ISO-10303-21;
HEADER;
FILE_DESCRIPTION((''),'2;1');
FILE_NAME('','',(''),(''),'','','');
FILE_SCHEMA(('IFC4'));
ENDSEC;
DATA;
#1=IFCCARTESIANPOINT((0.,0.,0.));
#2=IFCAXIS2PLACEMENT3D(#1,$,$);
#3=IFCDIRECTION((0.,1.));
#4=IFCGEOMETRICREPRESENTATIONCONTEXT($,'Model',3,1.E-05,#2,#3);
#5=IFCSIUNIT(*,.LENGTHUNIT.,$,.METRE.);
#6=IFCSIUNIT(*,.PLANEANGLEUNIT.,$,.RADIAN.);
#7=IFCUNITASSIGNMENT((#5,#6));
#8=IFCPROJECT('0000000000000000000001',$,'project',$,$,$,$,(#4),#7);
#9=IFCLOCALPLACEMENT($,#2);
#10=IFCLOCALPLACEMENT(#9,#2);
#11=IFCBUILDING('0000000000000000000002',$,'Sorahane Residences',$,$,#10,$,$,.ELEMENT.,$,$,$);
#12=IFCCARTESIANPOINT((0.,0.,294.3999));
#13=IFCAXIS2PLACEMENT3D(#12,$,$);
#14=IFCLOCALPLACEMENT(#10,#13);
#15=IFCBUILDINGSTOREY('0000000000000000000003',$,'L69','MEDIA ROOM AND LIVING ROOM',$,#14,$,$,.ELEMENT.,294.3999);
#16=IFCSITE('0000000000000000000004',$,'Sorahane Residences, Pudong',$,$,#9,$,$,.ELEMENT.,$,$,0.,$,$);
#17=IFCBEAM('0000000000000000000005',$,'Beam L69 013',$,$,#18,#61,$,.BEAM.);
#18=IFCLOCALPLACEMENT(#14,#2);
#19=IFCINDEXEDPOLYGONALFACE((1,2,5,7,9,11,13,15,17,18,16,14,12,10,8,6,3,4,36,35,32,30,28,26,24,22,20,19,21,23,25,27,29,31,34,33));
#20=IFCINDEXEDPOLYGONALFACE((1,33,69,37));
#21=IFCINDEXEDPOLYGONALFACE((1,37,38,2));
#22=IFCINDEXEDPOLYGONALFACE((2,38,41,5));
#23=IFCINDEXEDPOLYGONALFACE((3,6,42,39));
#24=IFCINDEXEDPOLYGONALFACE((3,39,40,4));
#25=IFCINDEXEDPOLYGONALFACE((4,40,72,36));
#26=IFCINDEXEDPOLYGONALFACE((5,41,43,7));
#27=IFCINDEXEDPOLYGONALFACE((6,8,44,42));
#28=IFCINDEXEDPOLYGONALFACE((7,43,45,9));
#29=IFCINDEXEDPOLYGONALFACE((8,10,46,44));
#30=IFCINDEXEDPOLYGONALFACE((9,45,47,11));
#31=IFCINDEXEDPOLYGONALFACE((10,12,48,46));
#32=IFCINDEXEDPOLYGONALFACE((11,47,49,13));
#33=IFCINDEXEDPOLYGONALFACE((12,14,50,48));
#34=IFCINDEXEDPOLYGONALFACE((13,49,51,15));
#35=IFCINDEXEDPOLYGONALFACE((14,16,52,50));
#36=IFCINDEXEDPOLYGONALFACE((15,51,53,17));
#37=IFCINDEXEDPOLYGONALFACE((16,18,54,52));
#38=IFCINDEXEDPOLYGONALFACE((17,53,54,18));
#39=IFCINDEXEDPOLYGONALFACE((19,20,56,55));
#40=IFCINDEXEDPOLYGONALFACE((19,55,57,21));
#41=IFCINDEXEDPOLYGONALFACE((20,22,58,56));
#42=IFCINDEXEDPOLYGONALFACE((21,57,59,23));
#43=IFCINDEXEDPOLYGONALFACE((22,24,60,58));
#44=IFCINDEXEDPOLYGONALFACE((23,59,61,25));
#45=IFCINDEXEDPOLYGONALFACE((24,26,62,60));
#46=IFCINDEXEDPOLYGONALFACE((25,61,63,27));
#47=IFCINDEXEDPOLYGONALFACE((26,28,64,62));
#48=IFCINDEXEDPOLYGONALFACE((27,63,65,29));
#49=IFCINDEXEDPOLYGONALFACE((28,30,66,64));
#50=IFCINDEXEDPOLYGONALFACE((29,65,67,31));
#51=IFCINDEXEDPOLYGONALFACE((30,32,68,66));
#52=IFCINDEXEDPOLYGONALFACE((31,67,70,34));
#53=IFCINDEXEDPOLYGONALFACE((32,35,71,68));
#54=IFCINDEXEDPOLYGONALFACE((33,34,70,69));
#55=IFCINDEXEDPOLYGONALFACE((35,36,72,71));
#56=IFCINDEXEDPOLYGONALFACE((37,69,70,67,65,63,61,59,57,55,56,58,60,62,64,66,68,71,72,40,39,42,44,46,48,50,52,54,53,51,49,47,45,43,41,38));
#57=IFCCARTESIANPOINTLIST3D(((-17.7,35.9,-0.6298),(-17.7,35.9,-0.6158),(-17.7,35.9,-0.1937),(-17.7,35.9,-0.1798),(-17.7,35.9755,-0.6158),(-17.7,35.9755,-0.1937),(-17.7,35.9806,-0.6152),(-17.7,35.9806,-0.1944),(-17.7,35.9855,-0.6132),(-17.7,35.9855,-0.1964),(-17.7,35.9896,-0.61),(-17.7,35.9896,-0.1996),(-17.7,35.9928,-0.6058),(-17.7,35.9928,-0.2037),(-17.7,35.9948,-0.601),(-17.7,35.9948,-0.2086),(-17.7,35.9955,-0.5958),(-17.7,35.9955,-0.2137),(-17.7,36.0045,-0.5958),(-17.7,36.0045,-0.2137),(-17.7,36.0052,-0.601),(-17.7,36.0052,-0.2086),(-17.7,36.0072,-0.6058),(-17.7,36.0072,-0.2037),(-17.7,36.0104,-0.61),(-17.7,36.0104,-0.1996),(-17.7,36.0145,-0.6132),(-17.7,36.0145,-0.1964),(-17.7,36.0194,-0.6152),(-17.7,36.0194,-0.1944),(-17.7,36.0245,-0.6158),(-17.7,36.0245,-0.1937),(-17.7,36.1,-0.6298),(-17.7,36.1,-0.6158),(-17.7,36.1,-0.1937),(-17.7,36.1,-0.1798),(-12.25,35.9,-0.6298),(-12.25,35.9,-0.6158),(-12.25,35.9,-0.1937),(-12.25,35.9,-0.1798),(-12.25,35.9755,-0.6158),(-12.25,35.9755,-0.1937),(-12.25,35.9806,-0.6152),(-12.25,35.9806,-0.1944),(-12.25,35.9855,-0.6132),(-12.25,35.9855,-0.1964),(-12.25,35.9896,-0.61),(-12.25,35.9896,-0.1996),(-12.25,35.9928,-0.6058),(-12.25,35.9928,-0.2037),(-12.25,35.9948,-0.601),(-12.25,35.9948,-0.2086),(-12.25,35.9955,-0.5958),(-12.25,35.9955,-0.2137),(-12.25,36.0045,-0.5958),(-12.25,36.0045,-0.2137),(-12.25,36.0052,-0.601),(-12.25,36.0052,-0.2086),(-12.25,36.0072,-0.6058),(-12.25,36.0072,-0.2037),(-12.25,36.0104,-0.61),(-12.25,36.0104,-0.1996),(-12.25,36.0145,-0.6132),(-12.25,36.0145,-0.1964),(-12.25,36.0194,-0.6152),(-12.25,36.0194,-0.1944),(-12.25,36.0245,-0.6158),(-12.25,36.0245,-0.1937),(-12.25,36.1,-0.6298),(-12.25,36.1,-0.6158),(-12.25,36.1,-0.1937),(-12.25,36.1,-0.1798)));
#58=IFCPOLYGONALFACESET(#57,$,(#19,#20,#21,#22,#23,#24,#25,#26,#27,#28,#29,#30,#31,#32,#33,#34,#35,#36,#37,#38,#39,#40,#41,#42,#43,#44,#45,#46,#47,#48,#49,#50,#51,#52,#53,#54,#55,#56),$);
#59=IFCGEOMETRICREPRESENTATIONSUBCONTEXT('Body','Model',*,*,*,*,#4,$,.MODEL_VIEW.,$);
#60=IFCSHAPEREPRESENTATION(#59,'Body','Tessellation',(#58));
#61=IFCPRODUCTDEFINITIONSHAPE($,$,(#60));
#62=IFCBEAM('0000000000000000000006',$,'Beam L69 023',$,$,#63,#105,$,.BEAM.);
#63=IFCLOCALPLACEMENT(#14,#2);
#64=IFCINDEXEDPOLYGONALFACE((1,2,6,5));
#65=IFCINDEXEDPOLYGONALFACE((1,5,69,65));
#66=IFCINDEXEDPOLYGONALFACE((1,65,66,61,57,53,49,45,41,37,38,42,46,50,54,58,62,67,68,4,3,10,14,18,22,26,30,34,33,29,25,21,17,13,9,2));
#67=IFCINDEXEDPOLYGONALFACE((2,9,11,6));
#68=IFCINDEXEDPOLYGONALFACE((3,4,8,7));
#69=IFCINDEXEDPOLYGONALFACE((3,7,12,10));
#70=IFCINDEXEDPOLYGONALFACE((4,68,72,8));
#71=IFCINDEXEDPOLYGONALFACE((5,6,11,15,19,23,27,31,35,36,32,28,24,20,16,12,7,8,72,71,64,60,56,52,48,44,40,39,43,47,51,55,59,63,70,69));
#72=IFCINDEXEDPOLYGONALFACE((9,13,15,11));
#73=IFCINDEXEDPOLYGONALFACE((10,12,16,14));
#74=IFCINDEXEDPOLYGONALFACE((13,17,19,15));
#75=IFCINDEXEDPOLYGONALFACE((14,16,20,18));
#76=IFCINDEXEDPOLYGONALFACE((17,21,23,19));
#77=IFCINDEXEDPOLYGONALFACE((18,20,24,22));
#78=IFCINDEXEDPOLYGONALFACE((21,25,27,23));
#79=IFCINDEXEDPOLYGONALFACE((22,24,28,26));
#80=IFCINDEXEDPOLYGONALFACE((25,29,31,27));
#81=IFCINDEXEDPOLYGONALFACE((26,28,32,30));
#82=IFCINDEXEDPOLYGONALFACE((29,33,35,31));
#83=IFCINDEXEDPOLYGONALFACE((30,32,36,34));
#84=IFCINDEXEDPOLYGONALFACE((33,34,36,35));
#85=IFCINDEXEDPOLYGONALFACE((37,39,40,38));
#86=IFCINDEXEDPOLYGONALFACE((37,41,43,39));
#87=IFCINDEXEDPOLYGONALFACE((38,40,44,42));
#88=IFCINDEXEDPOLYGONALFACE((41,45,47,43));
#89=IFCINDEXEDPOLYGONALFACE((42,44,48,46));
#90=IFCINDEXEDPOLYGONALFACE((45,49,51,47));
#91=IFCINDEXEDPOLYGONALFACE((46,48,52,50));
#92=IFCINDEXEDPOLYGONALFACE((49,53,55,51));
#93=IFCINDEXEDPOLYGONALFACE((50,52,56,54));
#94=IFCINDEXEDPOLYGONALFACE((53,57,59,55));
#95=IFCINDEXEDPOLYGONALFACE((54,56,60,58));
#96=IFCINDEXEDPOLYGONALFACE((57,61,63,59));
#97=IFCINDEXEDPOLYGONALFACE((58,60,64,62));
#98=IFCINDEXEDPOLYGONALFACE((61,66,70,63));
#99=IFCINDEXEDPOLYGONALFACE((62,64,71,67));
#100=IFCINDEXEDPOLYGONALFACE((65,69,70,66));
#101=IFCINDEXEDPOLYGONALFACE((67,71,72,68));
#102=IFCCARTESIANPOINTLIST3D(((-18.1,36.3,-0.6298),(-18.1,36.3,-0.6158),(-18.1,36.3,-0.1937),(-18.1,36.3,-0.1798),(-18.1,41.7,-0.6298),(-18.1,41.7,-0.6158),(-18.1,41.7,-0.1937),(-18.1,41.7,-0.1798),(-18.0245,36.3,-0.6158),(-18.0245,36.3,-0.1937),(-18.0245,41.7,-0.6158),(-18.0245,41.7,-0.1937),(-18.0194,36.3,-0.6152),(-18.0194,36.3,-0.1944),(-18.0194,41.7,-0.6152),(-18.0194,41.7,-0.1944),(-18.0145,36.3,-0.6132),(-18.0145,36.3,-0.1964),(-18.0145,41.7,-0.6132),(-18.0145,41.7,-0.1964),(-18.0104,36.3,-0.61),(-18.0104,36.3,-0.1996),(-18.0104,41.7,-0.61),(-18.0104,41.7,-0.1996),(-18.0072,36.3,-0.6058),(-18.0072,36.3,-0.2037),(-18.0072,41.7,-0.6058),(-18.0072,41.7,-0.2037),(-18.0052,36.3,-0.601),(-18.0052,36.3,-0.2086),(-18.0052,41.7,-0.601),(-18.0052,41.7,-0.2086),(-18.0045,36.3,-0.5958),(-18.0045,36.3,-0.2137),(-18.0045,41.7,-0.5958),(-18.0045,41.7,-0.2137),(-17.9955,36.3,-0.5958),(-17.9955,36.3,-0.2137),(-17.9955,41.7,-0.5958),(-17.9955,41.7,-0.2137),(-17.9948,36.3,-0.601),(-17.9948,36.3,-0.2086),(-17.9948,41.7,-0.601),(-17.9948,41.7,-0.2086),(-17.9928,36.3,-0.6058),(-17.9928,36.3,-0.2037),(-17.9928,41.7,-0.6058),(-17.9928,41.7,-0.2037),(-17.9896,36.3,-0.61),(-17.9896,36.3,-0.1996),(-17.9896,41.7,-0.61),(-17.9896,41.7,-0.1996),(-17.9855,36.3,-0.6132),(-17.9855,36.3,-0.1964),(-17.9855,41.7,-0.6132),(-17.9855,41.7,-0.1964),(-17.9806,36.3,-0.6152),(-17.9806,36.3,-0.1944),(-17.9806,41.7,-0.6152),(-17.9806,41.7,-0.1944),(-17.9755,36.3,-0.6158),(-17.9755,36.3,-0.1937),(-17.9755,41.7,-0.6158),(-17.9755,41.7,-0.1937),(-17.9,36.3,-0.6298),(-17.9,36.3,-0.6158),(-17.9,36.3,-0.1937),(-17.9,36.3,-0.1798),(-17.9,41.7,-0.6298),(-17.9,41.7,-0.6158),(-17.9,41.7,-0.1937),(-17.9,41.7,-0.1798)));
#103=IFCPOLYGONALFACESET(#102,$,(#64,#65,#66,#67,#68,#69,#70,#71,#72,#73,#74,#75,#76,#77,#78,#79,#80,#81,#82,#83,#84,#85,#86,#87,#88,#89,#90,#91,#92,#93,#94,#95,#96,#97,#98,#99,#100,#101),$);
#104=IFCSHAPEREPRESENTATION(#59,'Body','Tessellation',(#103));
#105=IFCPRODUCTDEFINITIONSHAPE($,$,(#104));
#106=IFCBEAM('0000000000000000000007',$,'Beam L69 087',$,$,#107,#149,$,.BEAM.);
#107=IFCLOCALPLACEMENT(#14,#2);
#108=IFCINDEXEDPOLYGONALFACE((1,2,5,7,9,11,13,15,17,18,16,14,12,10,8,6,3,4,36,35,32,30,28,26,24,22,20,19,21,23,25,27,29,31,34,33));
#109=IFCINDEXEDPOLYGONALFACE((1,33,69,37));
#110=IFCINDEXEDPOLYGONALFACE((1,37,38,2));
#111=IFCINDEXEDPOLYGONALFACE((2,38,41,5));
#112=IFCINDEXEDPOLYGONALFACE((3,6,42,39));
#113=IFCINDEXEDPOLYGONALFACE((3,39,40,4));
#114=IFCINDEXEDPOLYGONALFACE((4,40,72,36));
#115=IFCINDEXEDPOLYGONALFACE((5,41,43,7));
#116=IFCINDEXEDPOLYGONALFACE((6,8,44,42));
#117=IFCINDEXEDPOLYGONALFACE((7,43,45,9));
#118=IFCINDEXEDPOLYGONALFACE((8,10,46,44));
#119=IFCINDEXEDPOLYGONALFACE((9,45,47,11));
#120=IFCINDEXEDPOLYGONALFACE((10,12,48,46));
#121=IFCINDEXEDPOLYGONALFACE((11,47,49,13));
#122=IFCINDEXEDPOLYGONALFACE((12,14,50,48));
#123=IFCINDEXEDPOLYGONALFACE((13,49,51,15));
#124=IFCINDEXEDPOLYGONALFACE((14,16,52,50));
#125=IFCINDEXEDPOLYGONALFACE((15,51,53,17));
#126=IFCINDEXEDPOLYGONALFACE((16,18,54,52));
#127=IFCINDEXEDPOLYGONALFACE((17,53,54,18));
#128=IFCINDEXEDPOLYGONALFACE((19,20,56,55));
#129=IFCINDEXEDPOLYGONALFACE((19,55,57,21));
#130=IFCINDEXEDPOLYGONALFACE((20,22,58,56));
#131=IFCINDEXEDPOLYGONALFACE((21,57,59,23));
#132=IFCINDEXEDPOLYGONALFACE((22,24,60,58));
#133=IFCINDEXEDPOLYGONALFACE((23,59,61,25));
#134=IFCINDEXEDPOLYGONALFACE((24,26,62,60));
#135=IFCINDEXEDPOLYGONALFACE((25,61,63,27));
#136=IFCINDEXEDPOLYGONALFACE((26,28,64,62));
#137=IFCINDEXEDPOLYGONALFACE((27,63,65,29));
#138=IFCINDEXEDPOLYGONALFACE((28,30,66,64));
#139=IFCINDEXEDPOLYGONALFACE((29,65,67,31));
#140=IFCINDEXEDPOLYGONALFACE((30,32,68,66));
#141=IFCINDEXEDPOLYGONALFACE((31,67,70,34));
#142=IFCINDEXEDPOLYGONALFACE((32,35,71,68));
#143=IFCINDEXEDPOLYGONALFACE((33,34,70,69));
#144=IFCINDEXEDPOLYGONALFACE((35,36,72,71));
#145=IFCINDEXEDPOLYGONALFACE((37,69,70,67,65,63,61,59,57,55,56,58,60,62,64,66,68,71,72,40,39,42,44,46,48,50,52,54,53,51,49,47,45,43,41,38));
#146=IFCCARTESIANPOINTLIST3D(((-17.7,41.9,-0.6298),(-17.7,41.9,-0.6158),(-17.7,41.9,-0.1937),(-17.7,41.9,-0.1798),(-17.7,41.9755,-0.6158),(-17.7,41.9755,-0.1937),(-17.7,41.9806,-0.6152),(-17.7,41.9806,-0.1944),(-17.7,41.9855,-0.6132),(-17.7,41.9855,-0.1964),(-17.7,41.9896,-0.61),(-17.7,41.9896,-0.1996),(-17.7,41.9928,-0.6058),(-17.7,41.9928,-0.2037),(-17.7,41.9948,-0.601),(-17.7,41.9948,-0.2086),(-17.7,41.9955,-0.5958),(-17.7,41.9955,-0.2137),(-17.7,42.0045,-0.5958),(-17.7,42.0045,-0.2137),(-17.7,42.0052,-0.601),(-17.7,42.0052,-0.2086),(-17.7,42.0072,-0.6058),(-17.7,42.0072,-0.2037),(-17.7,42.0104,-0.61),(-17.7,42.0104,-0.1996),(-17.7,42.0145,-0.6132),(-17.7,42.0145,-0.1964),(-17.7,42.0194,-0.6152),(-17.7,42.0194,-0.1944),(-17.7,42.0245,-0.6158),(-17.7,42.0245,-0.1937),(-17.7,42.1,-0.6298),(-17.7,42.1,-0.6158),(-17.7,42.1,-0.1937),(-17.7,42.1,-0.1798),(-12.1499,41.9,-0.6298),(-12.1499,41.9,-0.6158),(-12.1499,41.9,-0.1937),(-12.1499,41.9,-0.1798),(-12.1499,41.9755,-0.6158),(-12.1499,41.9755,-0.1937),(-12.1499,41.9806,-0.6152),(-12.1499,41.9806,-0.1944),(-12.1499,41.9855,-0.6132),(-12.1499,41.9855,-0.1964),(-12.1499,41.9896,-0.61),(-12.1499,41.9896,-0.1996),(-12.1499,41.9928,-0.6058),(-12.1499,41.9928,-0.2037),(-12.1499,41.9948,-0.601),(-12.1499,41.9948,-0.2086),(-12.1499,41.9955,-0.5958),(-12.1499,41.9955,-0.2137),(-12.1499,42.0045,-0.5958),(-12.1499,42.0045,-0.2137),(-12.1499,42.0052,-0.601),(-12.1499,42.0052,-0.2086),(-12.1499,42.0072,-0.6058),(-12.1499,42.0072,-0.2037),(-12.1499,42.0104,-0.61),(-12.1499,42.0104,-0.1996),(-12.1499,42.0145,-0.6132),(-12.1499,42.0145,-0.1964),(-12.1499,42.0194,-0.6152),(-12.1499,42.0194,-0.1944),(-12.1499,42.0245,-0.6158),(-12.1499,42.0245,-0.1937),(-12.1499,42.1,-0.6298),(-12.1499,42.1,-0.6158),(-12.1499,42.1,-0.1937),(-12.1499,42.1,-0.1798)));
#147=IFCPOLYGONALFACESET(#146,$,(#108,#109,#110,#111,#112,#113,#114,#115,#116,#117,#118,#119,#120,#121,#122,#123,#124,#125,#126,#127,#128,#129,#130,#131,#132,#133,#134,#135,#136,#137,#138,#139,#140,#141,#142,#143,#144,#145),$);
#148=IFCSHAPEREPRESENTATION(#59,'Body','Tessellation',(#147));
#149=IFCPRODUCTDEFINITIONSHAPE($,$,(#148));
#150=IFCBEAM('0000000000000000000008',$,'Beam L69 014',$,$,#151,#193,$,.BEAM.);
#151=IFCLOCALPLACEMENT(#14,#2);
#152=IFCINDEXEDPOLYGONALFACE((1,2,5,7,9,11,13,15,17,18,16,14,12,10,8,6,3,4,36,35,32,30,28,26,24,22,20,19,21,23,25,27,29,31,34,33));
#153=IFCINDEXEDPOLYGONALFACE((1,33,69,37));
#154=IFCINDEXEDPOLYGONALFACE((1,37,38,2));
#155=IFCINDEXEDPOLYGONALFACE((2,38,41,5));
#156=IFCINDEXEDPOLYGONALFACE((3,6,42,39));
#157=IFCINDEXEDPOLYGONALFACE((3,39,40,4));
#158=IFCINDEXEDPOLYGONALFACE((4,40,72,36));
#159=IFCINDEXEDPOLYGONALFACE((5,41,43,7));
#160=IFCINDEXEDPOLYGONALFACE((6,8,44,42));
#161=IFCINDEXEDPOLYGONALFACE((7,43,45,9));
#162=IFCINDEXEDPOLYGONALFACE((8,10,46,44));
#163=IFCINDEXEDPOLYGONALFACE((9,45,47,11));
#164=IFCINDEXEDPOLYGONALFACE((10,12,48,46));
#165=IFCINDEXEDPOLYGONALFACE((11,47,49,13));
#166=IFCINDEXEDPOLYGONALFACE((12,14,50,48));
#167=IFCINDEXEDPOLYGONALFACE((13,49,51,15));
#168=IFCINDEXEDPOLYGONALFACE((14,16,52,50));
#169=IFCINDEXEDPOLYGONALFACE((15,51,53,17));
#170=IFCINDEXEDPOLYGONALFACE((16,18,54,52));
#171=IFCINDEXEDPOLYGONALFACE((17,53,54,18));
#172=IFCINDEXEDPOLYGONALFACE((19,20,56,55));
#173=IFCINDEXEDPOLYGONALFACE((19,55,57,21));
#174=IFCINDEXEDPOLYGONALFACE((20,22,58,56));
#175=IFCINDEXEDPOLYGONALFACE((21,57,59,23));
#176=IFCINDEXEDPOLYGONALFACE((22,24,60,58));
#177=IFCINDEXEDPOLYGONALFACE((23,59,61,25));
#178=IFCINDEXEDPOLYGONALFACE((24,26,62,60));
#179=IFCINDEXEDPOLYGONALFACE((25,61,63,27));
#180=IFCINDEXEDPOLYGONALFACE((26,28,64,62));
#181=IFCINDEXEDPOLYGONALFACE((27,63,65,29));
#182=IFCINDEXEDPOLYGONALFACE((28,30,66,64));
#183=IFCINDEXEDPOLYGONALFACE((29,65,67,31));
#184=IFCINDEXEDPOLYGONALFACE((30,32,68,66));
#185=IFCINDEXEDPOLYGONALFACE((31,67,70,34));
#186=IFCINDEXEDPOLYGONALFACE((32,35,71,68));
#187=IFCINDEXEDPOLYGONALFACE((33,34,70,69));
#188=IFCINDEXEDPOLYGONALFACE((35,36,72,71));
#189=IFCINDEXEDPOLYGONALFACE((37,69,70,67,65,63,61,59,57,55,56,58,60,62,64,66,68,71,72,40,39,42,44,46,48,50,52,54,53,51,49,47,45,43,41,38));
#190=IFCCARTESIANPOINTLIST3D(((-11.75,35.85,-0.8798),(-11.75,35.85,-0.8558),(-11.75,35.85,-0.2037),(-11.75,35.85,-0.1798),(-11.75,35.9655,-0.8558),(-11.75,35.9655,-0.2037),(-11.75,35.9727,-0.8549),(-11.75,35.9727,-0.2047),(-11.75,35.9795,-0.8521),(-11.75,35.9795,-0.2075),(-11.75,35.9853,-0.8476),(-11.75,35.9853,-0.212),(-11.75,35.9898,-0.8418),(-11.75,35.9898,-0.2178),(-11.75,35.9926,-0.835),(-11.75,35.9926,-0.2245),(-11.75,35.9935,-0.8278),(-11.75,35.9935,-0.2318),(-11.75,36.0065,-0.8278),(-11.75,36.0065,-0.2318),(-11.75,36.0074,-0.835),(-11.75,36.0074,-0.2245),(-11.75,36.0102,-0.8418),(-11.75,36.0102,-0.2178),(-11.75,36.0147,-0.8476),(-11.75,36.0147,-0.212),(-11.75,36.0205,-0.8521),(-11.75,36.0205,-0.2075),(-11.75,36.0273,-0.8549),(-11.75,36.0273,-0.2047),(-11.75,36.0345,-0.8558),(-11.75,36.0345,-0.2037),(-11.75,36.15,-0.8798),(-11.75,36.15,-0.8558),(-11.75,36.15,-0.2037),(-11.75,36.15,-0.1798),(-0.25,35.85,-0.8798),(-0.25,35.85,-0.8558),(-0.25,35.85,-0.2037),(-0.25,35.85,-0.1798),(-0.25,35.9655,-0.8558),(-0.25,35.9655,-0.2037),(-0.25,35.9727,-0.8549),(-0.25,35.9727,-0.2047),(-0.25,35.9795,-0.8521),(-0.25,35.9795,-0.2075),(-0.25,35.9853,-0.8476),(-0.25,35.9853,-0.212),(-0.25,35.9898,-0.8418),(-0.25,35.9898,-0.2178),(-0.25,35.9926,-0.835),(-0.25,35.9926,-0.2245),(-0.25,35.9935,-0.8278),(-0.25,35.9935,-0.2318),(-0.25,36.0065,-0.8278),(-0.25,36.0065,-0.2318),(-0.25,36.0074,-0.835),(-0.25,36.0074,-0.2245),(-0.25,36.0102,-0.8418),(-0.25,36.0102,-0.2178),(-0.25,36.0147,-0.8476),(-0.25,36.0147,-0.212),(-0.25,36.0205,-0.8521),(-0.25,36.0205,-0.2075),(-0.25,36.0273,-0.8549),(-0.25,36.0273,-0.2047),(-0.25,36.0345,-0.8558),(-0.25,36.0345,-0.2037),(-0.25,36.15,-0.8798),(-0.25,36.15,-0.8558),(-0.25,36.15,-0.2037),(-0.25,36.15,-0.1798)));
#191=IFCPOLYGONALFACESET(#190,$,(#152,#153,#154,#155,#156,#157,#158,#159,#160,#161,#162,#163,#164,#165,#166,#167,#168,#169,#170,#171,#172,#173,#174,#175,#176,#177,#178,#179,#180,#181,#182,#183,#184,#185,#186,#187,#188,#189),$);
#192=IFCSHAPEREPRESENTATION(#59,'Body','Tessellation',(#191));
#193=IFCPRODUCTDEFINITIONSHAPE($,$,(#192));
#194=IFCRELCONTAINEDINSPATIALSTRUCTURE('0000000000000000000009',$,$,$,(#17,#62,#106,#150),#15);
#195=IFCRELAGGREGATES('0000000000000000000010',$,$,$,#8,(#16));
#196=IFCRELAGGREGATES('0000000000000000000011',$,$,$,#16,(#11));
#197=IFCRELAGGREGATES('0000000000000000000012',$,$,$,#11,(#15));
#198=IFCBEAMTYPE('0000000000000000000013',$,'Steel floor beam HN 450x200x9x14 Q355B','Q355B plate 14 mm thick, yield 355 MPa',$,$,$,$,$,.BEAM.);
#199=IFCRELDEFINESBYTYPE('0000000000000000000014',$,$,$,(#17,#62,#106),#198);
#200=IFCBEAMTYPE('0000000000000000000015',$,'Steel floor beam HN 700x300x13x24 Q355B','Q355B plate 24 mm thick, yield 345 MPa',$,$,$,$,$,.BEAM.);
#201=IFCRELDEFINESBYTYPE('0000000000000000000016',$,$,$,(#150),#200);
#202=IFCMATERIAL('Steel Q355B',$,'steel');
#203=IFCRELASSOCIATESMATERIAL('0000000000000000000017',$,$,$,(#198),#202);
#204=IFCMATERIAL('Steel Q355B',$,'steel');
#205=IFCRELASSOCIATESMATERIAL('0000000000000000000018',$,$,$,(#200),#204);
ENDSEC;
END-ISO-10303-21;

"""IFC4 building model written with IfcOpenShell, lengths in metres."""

from ifc_helpers import new_model, si_unit, direction, frame, origin, origin_2d, place, context, subcontext, project, spatial, i_section, extrude, material, material_profile, profile_set, type_object, element, save


model = new_model("IFC4")

# Units and contexts
model_context = context("Model", 3, precision=1e-05, world=origin(), true_north=direction((0.0, 1.0)))
body_context = subcontext(model_context, "Body", "Model", "MODEL_VIEW")
ifc_project = project(units=[si_unit("LENGTHUNIT", "METRE"), si_unit("PLANEANGLEUNIT", "RADIAN")], contexts=[model_context])

# Site, building, storey
site_placement = place(None, origin())
site = spatial("IfcSite", under=ifc_project, at=site_placement, Name="Sorahane Residences, Pudong", CompositionType="ELEMENT", RefElevation=0.0)
building_placement = place(site_placement, origin())
building = spatial("IfcBuilding", under=site, at=building_placement, Name="Sorahane Residences", CompositionType="ELEMENT")
storey_placement = place(building_placement, frame((0.0, 0.0, 294.3999)))
storey = spatial("IfcBuildingStorey", under=building, at=storey_placement, Name="L69", Description="MEDIA ROOM AND LIVING ROOM", CompositionType="ELEMENT", Elevation=294.3999)

# Beams
ifc_material_1 = material(Name="Steel Q355B", Category="steel")
ifc_material_profile_1 = material_profile(ifc_material_1, i_section(OverallWidth=0.2, OverallDepth=0.45, WebThickness=0.009, FlangeThickness=0.0139, FilletRadius=0.02, at=origin_2d()), Name="HN 450x200x9x14")
ifc_profile_set_1 = profile_set([ifc_material_profile_1], Name="Steel Q355B")
beam_type_1 = type_object("IfcBeamType", Name="Steel floor beam HN 450x200x9x14 Q355B", Description="Q355B plate 14 mm thick, yield 355 MPa", PredefinedType="BEAM", material=ifc_profile_set_1)
beam_1_placement = place(storey_placement, frame((-17.7, 36.0, -0.4048), z_axis=(1.0, 0.0, 0.0), x_axis=(0.0, 1.0, 0.0)))
element("IfcBeam", 1, at=beam_1_placement, inside=storey, type_object=beam_type_1, Name="Beam L69 013", PredefinedType="BEAM", context=body_context, shape_type="SweptSolid", body=[
    extrude(i_section(OverallWidth=0.2, OverallDepth=0.45, WebThickness=0.009, FlangeThickness=0.0139, FilletRadius=0.02, at=origin_2d()), origin(), (0.0, 0.0, 1.0), 5.45),
])
beam_2_placement = place(storey_placement, frame((-18.0, 36.3, -0.4048), z_axis=(0.0, 1.0, 0.0), x_axis=(-1.0, 0.0, 0.0)))
element("IfcBeam", 2, at=beam_2_placement, inside=storey, type_object=beam_type_1, Name="Beam L69 023", PredefinedType="BEAM", context=body_context, shape_type="SweptSolid", body=[
    extrude(i_section(OverallWidth=0.2, OverallDepth=0.45, WebThickness=0.009, FlangeThickness=0.0139, FilletRadius=0.02, at=origin_2d()), origin(), (0.0, 0.0, 1.0), 5.3999),
])
beam_3_placement = place(storey_placement, frame((-17.7, 42.0, -0.4048), z_axis=(1.0, 0.0, 0.0), x_axis=(0.0, 1.0, 0.0)))
element("IfcBeam", 3, at=beam_3_placement, inside=storey, type_object=beam_type_1, Name="Beam L69 087", PredefinedType="BEAM", context=body_context, shape_type="SweptSolid", body=[
    extrude(i_section(OverallWidth=0.2, OverallDepth=0.45, WebThickness=0.009, FlangeThickness=0.0139, FilletRadius=0.02, at=origin_2d()), origin(), (0.0, 0.0, 1.0), 5.55),
])
ifc_material_2 = material(Name="Steel Q355B", Category="steel")
ifc_material_profile_2 = material_profile(ifc_material_2, i_section(OverallWidth=0.3, OverallDepth=0.7, WebThickness=0.0129, FlangeThickness=0.0239, FilletRadius=0.0281, at=origin_2d()), Name="HN 700x300x13x24")
ifc_profile_set_2 = profile_set([ifc_material_profile_2], Name="Steel Q355B")
beam_type_2 = type_object("IfcBeamType", Name="Steel floor beam HN 700x300x13x24 Q355B", Description="Q355B plate 24 mm thick, yield 345 MPa", PredefinedType="BEAM", material=ifc_profile_set_2)
beam_4_placement = place(storey_placement, frame((-11.75, 36.0, -0.5298), z_axis=(1.0, 0.0, 0.0), x_axis=(0.0, 1.0, 0.0)))
element("IfcBeam", 4, at=beam_4_placement, inside=storey, type_object=beam_type_2, Name="Beam L69 014", PredefinedType="BEAM", context=body_context, shape_type="SweptSolid", body=[
    extrude(i_section(OverallWidth=0.3, OverallDepth=0.7, WebThickness=0.0129, FlangeThickness=0.0239, FilletRadius=0.0281, at=origin_2d()), origin(), (0.0, 0.0, 1.0), 11.5),
])

save(model, "model.ifc")
